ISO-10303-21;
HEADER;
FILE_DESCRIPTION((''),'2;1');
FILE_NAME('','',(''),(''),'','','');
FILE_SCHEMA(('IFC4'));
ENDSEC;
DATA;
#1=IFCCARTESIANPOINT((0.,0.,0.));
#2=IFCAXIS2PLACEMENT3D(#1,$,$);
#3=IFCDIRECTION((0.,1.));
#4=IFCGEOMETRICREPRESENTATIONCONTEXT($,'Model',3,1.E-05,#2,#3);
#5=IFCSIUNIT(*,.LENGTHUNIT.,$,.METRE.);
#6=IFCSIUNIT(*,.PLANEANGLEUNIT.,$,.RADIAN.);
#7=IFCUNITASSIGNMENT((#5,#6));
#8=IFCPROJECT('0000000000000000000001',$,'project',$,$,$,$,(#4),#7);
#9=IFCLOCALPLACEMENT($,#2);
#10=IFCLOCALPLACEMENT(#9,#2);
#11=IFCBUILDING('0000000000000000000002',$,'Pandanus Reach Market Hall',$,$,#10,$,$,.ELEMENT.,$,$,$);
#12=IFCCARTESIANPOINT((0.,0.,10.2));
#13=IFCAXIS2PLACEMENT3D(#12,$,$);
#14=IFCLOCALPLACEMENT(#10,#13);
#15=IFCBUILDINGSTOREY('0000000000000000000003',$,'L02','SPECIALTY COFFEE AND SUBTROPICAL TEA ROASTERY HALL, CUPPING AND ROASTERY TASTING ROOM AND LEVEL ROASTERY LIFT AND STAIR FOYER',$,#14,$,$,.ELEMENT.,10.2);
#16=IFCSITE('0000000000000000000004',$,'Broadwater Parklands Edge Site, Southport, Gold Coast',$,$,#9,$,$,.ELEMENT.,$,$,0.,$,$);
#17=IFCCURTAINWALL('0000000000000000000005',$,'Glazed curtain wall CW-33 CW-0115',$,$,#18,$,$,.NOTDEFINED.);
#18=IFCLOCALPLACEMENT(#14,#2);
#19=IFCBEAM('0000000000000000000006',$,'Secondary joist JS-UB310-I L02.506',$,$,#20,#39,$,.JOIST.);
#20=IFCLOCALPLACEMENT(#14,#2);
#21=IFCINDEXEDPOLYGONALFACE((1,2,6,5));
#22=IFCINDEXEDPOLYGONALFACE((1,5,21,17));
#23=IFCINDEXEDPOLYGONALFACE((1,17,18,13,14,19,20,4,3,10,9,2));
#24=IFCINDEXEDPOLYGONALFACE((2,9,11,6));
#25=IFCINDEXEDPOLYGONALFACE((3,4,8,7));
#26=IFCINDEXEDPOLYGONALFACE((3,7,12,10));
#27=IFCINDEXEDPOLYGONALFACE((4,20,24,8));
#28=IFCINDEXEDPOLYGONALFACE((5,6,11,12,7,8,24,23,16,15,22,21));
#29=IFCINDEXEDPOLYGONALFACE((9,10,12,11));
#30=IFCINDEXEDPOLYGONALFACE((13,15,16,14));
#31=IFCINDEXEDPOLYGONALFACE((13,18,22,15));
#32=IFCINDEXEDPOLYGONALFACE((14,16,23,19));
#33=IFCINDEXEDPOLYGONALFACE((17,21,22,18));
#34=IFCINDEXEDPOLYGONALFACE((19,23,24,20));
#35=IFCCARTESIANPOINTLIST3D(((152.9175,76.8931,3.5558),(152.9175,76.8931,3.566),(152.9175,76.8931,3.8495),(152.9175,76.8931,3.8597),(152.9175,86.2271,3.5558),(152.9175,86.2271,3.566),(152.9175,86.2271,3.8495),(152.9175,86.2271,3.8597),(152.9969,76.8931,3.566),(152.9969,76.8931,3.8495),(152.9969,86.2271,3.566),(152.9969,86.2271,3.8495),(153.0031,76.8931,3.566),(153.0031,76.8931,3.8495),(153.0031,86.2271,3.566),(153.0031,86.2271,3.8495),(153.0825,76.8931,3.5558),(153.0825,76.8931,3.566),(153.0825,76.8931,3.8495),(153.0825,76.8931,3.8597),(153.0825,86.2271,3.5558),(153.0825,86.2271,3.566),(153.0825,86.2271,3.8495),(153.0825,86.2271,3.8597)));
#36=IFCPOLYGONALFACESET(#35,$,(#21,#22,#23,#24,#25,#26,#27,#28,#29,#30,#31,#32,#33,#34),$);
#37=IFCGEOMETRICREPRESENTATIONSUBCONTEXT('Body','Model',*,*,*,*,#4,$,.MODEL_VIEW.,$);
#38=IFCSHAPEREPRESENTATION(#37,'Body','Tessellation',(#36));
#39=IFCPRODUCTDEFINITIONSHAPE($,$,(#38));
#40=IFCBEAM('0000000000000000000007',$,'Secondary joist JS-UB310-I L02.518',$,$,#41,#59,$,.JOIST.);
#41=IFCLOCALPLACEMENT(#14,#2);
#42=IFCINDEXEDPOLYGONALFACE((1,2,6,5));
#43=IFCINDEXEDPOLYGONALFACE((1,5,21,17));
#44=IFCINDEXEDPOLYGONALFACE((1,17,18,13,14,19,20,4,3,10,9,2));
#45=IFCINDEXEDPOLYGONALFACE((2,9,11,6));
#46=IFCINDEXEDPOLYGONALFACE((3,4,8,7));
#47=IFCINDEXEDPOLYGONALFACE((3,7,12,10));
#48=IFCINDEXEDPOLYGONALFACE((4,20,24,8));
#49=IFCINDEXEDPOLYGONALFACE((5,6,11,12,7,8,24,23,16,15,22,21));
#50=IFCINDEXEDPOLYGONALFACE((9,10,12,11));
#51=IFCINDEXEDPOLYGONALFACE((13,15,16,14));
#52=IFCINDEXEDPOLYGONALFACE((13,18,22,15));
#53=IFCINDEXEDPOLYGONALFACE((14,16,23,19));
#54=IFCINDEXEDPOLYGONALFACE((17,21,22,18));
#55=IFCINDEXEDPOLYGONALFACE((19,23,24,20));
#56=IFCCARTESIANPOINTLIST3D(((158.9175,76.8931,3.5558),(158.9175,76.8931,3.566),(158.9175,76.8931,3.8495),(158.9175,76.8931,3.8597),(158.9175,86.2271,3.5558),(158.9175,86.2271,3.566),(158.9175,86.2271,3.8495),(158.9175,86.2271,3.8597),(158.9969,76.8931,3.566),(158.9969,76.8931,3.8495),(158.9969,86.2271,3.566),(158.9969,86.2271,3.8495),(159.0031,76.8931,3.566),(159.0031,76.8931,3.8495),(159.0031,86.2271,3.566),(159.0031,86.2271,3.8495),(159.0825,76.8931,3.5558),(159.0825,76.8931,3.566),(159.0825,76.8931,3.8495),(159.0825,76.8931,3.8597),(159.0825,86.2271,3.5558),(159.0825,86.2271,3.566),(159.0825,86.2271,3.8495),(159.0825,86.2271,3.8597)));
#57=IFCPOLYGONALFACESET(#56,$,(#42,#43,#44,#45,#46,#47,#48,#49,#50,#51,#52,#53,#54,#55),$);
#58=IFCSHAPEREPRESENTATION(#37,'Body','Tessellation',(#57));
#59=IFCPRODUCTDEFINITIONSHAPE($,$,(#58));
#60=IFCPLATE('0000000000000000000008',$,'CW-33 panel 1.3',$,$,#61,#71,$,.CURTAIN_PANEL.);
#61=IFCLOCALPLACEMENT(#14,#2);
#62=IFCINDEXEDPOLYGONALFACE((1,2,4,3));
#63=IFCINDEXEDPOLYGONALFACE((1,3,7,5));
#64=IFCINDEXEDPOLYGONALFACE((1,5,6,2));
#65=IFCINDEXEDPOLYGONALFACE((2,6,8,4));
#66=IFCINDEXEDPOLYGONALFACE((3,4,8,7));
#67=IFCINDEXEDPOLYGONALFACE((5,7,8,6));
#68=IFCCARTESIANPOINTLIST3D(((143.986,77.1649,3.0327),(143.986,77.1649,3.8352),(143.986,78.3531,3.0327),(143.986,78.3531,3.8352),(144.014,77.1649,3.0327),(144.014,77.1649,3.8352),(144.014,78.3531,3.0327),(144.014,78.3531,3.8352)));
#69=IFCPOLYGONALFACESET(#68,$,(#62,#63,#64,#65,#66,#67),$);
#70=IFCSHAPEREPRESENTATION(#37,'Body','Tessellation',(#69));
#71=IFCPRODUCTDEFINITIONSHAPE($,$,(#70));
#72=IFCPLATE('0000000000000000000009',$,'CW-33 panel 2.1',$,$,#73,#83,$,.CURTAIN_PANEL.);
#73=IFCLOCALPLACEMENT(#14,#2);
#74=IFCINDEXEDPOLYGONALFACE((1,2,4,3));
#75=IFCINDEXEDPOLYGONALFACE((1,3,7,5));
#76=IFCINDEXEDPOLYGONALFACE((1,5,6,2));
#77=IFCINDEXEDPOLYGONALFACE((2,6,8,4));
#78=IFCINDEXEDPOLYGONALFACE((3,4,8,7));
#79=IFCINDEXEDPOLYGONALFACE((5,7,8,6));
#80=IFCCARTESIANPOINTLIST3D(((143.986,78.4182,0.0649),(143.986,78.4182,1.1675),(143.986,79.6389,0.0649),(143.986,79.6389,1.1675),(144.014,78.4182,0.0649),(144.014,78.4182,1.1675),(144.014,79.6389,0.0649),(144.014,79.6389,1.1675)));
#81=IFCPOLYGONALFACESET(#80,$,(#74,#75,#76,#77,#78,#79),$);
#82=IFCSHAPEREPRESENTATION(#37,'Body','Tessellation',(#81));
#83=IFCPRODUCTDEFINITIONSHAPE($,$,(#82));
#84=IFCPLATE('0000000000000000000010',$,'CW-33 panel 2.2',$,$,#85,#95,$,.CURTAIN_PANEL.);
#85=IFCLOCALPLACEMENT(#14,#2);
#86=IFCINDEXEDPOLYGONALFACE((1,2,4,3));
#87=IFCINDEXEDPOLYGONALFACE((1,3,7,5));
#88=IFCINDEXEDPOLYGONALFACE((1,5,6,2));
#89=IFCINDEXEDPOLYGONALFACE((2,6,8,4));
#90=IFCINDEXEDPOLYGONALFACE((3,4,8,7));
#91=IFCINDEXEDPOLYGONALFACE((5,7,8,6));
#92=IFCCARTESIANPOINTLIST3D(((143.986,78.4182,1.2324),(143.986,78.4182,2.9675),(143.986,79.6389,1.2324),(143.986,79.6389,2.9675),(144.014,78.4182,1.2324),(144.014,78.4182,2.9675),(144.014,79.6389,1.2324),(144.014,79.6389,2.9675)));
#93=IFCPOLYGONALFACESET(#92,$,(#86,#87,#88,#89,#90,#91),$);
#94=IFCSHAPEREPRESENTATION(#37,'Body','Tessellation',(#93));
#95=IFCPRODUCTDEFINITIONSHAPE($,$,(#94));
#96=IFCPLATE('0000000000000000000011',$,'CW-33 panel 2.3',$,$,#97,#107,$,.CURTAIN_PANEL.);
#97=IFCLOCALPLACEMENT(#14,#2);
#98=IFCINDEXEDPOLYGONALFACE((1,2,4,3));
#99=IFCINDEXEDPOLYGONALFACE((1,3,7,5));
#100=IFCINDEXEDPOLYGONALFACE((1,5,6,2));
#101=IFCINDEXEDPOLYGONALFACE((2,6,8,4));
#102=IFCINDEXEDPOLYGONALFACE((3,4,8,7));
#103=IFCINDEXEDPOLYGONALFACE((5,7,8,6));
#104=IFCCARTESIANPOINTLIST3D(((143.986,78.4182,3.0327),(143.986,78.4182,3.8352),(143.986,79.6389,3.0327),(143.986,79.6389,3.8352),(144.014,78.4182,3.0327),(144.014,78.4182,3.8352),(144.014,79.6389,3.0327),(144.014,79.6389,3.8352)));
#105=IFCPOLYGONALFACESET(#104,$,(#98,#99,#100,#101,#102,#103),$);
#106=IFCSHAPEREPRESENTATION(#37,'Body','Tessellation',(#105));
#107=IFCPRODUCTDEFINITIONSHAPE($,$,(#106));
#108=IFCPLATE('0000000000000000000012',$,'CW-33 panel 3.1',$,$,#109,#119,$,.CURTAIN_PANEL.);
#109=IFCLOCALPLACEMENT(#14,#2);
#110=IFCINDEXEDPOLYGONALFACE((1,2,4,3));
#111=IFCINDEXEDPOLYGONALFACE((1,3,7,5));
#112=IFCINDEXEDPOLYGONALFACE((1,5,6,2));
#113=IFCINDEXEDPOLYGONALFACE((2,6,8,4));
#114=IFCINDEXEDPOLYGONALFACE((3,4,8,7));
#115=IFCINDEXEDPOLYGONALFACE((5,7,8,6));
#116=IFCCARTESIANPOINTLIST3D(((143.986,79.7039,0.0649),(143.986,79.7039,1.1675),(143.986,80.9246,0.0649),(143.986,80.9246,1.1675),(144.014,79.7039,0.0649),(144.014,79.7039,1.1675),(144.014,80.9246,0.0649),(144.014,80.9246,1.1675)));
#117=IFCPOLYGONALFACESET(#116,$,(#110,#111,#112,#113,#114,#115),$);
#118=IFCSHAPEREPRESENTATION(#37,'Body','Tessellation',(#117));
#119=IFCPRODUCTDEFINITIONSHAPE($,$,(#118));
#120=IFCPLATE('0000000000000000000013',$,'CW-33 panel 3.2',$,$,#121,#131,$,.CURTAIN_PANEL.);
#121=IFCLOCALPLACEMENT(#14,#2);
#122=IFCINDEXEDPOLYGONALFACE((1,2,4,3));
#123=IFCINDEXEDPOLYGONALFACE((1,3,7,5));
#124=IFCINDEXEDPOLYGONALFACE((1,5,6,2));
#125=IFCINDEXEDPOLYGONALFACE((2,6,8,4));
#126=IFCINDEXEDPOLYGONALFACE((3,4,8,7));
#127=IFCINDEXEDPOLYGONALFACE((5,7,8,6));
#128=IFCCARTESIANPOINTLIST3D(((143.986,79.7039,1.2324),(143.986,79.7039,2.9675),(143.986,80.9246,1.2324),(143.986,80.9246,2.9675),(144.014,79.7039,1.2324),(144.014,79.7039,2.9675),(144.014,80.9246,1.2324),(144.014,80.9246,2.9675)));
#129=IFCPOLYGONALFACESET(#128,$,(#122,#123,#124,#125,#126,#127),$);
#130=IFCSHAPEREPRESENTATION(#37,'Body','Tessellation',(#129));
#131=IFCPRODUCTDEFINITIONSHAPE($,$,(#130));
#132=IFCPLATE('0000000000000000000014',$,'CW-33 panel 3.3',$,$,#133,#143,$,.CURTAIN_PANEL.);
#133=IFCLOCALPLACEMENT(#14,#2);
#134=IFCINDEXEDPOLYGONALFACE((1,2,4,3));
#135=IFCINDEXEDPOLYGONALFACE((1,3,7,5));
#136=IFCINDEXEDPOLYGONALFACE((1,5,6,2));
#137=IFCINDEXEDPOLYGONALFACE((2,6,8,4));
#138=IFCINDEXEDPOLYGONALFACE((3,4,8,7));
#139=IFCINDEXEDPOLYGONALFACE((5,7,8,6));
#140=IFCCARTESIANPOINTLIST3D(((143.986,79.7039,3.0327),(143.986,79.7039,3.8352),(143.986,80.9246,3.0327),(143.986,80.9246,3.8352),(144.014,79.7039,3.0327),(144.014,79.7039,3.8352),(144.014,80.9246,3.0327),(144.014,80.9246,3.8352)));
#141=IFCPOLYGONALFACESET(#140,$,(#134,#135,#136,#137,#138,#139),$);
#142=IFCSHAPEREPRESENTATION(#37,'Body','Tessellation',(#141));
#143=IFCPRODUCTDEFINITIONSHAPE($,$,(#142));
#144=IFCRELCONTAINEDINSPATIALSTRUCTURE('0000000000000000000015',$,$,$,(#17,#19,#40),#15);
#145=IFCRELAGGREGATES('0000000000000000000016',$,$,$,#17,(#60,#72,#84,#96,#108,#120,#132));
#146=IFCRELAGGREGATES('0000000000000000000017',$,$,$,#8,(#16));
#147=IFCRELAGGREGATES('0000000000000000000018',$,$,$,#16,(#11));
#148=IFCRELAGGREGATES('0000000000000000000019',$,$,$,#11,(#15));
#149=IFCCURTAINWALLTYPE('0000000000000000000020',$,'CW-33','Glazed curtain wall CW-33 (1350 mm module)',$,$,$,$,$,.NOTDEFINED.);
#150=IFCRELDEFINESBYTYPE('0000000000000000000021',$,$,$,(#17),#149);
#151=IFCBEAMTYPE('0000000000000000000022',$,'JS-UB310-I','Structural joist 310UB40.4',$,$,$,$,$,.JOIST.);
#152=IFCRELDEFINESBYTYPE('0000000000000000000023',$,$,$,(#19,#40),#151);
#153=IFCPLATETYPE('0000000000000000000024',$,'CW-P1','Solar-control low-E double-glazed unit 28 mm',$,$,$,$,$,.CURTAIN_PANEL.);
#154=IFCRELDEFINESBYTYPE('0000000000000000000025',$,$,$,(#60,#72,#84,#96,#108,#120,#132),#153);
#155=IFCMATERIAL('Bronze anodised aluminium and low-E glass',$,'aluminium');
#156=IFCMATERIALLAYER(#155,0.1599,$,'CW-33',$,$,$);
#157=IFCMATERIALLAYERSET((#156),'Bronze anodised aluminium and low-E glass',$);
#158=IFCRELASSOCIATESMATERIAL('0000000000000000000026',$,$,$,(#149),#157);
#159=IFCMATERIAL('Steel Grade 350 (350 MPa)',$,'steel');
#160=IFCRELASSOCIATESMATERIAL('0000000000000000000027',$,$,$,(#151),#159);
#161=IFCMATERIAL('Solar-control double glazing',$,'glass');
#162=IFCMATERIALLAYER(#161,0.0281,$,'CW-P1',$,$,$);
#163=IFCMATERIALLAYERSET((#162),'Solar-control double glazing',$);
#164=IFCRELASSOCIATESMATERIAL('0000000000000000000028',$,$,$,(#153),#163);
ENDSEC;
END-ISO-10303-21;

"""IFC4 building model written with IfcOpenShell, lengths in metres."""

from ifc_helpers import new_model, si_unit, direction, frame, origin, origin_2d, place, context, subcontext, project, spatial, rectangle, i_section, extrude, material, layer, layer_set, material_profile, profile_set, type_object, element, aggregate, save


model = new_model("IFC4")

# Units and contexts
model_context = context("Model", 3, precision=1e-05, world=origin(), true_north=direction((0.0, 1.0)))
body_context = subcontext(model_context, "Body", "Model", "MODEL_VIEW")
ifc_project = project(units=[si_unit("LENGTHUNIT", "METRE"), si_unit("PLANEANGLEUNIT", "RADIAN")], contexts=[model_context])

# Site, building, storey
site_placement = place(None, origin())
site = spatial("IfcSite", under=ifc_project, at=site_placement, Name="Broadwater Parklands Edge Site, Southport, Gold Coast", CompositionType="ELEMENT", RefElevation=0.0)
building_placement = place(site_placement, origin())
building = spatial("IfcBuilding", under=site, at=building_placement, Name="Pandanus Reach Market Hall", CompositionType="ELEMENT")
storey_placement = place(building_placement, frame((0.0, 0.0, 10.2)))
storey = spatial("IfcBuildingStorey", under=building, at=storey_placement, Name="L02", Description="SPECIALTY COFFEE AND SUBTROPICAL TEA ROASTERY HALL, CUPPING AND ROASTERY TASTING ROOM AND LEVEL ROASTERY LIFT AND STAIR FOYER", CompositionType="ELEMENT", Elevation=10.2)

# Shared definitions
ifc_material_1 = material(Name="Steel Grade 350 (350 MPa)", Category="steel")

# Curtain wall
ifc_material_2 = material(Name="Bronze anodised aluminium and low-E glass", Category="aluminium")
ifc_layer_1 = layer(ifc_material_2, 0.1599, Name="CW-33")
ifc_layer_set_1 = layer_set([ifc_layer_1], Name="Bronze anodised aluminium and low-E glass")
curtain_wall_type = type_object("IfcCurtainWallType", Name="CW-33", Description="Glazed curtain wall CW-33 (1350 mm module)", PredefinedType="NOTDEFINED", material=ifc_layer_set_1)
curtain_wall_placement = place(storey_placement, origin())
curtain_wall = element("IfcCurtainWall", 1, at=curtain_wall_placement, inside=storey, type_object=curtain_wall_type, Name="Glazed curtain wall CW-33 CW-0115", PredefinedType="NOTDEFINED")

# Beams
ifc_material_profile_1 = material_profile(ifc_material_1, i_section(OverallWidth=0.165, OverallDepth=0.304, WebThickness=0.0061, FlangeThickness=0.0103, at=origin_2d()), Name="310UB40.4", Category="LoadBearing")
ifc_profile_set_1 = profile_set([ifc_material_profile_1], Name="Steel Grade 350 (350 MPa)")
beam_type_1 = type_object("IfcBeamType", Name="JS-UB310-I", Description="Structural joist 310UB40.4", PredefinedType="JOIST", material=ifc_profile_set_1)
for number, where, z_axis, x_axis, name in (
    (2, (153.0, 76.8931, 3.7078), (0.0, 1.0, 0.0), (-1.0, 0.0, 0.0), "Secondary joist JS-UB310-I L02.506"),
    (3, (159.0, 76.8931, 3.7078), (0.0, 1.0, 0.0), (-1.0, 0.0, 0.0), "Secondary joist JS-UB310-I L02.518"),
):
    element("IfcBeam", number, at=place(storey_placement, frame(where, z_axis=z_axis, x_axis=x_axis)), inside=storey, type_object=beam_type_1, Name=name, PredefinedType="JOIST", context=body_context, shape_type="SweptSolid", body=[
        extrude(i_section(OverallWidth=0.165, OverallDepth=0.304, WebThickness=0.0061, FlangeThickness=0.0103, at=origin_2d()), origin(), (0.0, 0.0, 1.0), 9.334),
    ])

# Plates
ifc_material_3 = material(Name="Solar-control double glazing", Category="glass")
ifc_layer_2 = layer(ifc_material_3, 0.0281, Name="CW-P1")
ifc_layer_set_2 = layer_set([ifc_layer_2], Name="Solar-control double glazing")
plate_type = type_object("IfcPlateType", Name="CW-P1", Description="Solar-control low-E double-glazed unit 28 mm", PredefinedType="CURTAIN_PANEL", material=ifc_layer_set_2)
plate_1_placement = place(storey_placement, frame((144.0, 77.759, 3.0327), z_axis=(0.0, 0.0, 1.0), x_axis=(0.0, 1.0, 0.0)))
plate_1 = element("IfcPlate", 4, at=plate_1_placement, type_object=plate_type, Name="CW-33 panel 1.3", PredefinedType="CURTAIN_PANEL", context=body_context, shape_type="SweptSolid", body=[
    extrude(rectangle(XDim=1.1882, YDim=0.0281, at=origin_2d()), origin(), (0.0, 0.0, 1.0), 0.8025),
])
plate_2_placement = place(storey_placement, frame((144.0, 79.0286, 0.0649), z_axis=(0.0, 0.0, 1.0), x_axis=(0.0, 1.0, 0.0)))
plate_2 = element("IfcPlate", 5, at=plate_2_placement, type_object=plate_type, Name="CW-33 panel 2.1", PredefinedType="CURTAIN_PANEL", context=body_context, shape_type="SweptSolid", body=[
    extrude(rectangle(XDim=1.2207, YDim=0.0281, at=origin_2d()), origin(), (0.0, 0.0, 1.0), 1.1025),
])
plate_3_placement = place(storey_placement, frame((144.0, 79.0286, 1.2324), z_axis=(0.0, 0.0, 1.0), x_axis=(0.0, 1.0, 0.0)))
plate_3 = element("IfcPlate", 6, at=plate_3_placement, type_object=plate_type, Name="CW-33 panel 2.2", PredefinedType="CURTAIN_PANEL", context=body_context, shape_type="SweptSolid", body=[
    extrude(rectangle(XDim=1.2207, YDim=0.0281, at=origin_2d()), origin(), (0.0, 0.0, 1.0), 1.7351),
])
plate_4_placement = place(storey_placement, frame((144.0, 79.0286, 3.0327), z_axis=(0.0, 0.0, 1.0), x_axis=(0.0, 1.0, 0.0)))
plate_4 = element("IfcPlate", 7, at=plate_4_placement, type_object=plate_type, Name="CW-33 panel 2.3", PredefinedType="CURTAIN_PANEL", context=body_context, shape_type="SweptSolid", body=[
    extrude(rectangle(XDim=1.2207, YDim=0.0281, at=origin_2d()), origin(), (0.0, 0.0, 1.0), 0.8025),
])
plate_5_placement = place(storey_placement, frame((144.0, 80.3142, 0.0649), z_axis=(0.0, 0.0, 1.0), x_axis=(0.0, 1.0, 0.0)))
plate_5 = element("IfcPlate", 8, at=plate_5_placement, type_object=plate_type, Name="CW-33 panel 3.1", PredefinedType="CURTAIN_PANEL", context=body_context, shape_type="SweptSolid", body=[
    extrude(rectangle(XDim=1.2207, YDim=0.0281, at=origin_2d()), origin(), (0.0, 0.0, 1.0), 1.1025),
])
plate_6_placement = place(storey_placement, frame((144.0, 80.3142, 1.2324), z_axis=(0.0, 0.0, 1.0), x_axis=(0.0, 1.0, 0.0)))
plate_6 = element("IfcPlate", 9, at=plate_6_placement, type_object=plate_type, Name="CW-33 panel 3.2", PredefinedType="CURTAIN_PANEL", context=body_context, shape_type="SweptSolid", body=[
    extrude(rectangle(XDim=1.2207, YDim=0.0281, at=origin_2d()), origin(), (0.0, 0.0, 1.0), 1.7351),
])
plate_7_placement = place(storey_placement, frame((144.0, 80.3142, 3.0327), z_axis=(0.0, 0.0, 1.0), x_axis=(0.0, 1.0, 0.0)))
plate_7 = element("IfcPlate", 10, at=plate_7_placement, type_object=plate_type, Name="CW-33 panel 3.3", PredefinedType="CURTAIN_PANEL", context=body_context, shape_type="SweptSolid", body=[
    extrude(rectangle(XDim=1.2207, YDim=0.0281, at=origin_2d()), origin(), (0.0, 0.0, 1.0), 0.8025),
])
aggregate(curtain_wall, [plate_1, plate_2, plate_3, plate_4, plate_5, plate_6, plate_7])

save(model, "model.ifc")
